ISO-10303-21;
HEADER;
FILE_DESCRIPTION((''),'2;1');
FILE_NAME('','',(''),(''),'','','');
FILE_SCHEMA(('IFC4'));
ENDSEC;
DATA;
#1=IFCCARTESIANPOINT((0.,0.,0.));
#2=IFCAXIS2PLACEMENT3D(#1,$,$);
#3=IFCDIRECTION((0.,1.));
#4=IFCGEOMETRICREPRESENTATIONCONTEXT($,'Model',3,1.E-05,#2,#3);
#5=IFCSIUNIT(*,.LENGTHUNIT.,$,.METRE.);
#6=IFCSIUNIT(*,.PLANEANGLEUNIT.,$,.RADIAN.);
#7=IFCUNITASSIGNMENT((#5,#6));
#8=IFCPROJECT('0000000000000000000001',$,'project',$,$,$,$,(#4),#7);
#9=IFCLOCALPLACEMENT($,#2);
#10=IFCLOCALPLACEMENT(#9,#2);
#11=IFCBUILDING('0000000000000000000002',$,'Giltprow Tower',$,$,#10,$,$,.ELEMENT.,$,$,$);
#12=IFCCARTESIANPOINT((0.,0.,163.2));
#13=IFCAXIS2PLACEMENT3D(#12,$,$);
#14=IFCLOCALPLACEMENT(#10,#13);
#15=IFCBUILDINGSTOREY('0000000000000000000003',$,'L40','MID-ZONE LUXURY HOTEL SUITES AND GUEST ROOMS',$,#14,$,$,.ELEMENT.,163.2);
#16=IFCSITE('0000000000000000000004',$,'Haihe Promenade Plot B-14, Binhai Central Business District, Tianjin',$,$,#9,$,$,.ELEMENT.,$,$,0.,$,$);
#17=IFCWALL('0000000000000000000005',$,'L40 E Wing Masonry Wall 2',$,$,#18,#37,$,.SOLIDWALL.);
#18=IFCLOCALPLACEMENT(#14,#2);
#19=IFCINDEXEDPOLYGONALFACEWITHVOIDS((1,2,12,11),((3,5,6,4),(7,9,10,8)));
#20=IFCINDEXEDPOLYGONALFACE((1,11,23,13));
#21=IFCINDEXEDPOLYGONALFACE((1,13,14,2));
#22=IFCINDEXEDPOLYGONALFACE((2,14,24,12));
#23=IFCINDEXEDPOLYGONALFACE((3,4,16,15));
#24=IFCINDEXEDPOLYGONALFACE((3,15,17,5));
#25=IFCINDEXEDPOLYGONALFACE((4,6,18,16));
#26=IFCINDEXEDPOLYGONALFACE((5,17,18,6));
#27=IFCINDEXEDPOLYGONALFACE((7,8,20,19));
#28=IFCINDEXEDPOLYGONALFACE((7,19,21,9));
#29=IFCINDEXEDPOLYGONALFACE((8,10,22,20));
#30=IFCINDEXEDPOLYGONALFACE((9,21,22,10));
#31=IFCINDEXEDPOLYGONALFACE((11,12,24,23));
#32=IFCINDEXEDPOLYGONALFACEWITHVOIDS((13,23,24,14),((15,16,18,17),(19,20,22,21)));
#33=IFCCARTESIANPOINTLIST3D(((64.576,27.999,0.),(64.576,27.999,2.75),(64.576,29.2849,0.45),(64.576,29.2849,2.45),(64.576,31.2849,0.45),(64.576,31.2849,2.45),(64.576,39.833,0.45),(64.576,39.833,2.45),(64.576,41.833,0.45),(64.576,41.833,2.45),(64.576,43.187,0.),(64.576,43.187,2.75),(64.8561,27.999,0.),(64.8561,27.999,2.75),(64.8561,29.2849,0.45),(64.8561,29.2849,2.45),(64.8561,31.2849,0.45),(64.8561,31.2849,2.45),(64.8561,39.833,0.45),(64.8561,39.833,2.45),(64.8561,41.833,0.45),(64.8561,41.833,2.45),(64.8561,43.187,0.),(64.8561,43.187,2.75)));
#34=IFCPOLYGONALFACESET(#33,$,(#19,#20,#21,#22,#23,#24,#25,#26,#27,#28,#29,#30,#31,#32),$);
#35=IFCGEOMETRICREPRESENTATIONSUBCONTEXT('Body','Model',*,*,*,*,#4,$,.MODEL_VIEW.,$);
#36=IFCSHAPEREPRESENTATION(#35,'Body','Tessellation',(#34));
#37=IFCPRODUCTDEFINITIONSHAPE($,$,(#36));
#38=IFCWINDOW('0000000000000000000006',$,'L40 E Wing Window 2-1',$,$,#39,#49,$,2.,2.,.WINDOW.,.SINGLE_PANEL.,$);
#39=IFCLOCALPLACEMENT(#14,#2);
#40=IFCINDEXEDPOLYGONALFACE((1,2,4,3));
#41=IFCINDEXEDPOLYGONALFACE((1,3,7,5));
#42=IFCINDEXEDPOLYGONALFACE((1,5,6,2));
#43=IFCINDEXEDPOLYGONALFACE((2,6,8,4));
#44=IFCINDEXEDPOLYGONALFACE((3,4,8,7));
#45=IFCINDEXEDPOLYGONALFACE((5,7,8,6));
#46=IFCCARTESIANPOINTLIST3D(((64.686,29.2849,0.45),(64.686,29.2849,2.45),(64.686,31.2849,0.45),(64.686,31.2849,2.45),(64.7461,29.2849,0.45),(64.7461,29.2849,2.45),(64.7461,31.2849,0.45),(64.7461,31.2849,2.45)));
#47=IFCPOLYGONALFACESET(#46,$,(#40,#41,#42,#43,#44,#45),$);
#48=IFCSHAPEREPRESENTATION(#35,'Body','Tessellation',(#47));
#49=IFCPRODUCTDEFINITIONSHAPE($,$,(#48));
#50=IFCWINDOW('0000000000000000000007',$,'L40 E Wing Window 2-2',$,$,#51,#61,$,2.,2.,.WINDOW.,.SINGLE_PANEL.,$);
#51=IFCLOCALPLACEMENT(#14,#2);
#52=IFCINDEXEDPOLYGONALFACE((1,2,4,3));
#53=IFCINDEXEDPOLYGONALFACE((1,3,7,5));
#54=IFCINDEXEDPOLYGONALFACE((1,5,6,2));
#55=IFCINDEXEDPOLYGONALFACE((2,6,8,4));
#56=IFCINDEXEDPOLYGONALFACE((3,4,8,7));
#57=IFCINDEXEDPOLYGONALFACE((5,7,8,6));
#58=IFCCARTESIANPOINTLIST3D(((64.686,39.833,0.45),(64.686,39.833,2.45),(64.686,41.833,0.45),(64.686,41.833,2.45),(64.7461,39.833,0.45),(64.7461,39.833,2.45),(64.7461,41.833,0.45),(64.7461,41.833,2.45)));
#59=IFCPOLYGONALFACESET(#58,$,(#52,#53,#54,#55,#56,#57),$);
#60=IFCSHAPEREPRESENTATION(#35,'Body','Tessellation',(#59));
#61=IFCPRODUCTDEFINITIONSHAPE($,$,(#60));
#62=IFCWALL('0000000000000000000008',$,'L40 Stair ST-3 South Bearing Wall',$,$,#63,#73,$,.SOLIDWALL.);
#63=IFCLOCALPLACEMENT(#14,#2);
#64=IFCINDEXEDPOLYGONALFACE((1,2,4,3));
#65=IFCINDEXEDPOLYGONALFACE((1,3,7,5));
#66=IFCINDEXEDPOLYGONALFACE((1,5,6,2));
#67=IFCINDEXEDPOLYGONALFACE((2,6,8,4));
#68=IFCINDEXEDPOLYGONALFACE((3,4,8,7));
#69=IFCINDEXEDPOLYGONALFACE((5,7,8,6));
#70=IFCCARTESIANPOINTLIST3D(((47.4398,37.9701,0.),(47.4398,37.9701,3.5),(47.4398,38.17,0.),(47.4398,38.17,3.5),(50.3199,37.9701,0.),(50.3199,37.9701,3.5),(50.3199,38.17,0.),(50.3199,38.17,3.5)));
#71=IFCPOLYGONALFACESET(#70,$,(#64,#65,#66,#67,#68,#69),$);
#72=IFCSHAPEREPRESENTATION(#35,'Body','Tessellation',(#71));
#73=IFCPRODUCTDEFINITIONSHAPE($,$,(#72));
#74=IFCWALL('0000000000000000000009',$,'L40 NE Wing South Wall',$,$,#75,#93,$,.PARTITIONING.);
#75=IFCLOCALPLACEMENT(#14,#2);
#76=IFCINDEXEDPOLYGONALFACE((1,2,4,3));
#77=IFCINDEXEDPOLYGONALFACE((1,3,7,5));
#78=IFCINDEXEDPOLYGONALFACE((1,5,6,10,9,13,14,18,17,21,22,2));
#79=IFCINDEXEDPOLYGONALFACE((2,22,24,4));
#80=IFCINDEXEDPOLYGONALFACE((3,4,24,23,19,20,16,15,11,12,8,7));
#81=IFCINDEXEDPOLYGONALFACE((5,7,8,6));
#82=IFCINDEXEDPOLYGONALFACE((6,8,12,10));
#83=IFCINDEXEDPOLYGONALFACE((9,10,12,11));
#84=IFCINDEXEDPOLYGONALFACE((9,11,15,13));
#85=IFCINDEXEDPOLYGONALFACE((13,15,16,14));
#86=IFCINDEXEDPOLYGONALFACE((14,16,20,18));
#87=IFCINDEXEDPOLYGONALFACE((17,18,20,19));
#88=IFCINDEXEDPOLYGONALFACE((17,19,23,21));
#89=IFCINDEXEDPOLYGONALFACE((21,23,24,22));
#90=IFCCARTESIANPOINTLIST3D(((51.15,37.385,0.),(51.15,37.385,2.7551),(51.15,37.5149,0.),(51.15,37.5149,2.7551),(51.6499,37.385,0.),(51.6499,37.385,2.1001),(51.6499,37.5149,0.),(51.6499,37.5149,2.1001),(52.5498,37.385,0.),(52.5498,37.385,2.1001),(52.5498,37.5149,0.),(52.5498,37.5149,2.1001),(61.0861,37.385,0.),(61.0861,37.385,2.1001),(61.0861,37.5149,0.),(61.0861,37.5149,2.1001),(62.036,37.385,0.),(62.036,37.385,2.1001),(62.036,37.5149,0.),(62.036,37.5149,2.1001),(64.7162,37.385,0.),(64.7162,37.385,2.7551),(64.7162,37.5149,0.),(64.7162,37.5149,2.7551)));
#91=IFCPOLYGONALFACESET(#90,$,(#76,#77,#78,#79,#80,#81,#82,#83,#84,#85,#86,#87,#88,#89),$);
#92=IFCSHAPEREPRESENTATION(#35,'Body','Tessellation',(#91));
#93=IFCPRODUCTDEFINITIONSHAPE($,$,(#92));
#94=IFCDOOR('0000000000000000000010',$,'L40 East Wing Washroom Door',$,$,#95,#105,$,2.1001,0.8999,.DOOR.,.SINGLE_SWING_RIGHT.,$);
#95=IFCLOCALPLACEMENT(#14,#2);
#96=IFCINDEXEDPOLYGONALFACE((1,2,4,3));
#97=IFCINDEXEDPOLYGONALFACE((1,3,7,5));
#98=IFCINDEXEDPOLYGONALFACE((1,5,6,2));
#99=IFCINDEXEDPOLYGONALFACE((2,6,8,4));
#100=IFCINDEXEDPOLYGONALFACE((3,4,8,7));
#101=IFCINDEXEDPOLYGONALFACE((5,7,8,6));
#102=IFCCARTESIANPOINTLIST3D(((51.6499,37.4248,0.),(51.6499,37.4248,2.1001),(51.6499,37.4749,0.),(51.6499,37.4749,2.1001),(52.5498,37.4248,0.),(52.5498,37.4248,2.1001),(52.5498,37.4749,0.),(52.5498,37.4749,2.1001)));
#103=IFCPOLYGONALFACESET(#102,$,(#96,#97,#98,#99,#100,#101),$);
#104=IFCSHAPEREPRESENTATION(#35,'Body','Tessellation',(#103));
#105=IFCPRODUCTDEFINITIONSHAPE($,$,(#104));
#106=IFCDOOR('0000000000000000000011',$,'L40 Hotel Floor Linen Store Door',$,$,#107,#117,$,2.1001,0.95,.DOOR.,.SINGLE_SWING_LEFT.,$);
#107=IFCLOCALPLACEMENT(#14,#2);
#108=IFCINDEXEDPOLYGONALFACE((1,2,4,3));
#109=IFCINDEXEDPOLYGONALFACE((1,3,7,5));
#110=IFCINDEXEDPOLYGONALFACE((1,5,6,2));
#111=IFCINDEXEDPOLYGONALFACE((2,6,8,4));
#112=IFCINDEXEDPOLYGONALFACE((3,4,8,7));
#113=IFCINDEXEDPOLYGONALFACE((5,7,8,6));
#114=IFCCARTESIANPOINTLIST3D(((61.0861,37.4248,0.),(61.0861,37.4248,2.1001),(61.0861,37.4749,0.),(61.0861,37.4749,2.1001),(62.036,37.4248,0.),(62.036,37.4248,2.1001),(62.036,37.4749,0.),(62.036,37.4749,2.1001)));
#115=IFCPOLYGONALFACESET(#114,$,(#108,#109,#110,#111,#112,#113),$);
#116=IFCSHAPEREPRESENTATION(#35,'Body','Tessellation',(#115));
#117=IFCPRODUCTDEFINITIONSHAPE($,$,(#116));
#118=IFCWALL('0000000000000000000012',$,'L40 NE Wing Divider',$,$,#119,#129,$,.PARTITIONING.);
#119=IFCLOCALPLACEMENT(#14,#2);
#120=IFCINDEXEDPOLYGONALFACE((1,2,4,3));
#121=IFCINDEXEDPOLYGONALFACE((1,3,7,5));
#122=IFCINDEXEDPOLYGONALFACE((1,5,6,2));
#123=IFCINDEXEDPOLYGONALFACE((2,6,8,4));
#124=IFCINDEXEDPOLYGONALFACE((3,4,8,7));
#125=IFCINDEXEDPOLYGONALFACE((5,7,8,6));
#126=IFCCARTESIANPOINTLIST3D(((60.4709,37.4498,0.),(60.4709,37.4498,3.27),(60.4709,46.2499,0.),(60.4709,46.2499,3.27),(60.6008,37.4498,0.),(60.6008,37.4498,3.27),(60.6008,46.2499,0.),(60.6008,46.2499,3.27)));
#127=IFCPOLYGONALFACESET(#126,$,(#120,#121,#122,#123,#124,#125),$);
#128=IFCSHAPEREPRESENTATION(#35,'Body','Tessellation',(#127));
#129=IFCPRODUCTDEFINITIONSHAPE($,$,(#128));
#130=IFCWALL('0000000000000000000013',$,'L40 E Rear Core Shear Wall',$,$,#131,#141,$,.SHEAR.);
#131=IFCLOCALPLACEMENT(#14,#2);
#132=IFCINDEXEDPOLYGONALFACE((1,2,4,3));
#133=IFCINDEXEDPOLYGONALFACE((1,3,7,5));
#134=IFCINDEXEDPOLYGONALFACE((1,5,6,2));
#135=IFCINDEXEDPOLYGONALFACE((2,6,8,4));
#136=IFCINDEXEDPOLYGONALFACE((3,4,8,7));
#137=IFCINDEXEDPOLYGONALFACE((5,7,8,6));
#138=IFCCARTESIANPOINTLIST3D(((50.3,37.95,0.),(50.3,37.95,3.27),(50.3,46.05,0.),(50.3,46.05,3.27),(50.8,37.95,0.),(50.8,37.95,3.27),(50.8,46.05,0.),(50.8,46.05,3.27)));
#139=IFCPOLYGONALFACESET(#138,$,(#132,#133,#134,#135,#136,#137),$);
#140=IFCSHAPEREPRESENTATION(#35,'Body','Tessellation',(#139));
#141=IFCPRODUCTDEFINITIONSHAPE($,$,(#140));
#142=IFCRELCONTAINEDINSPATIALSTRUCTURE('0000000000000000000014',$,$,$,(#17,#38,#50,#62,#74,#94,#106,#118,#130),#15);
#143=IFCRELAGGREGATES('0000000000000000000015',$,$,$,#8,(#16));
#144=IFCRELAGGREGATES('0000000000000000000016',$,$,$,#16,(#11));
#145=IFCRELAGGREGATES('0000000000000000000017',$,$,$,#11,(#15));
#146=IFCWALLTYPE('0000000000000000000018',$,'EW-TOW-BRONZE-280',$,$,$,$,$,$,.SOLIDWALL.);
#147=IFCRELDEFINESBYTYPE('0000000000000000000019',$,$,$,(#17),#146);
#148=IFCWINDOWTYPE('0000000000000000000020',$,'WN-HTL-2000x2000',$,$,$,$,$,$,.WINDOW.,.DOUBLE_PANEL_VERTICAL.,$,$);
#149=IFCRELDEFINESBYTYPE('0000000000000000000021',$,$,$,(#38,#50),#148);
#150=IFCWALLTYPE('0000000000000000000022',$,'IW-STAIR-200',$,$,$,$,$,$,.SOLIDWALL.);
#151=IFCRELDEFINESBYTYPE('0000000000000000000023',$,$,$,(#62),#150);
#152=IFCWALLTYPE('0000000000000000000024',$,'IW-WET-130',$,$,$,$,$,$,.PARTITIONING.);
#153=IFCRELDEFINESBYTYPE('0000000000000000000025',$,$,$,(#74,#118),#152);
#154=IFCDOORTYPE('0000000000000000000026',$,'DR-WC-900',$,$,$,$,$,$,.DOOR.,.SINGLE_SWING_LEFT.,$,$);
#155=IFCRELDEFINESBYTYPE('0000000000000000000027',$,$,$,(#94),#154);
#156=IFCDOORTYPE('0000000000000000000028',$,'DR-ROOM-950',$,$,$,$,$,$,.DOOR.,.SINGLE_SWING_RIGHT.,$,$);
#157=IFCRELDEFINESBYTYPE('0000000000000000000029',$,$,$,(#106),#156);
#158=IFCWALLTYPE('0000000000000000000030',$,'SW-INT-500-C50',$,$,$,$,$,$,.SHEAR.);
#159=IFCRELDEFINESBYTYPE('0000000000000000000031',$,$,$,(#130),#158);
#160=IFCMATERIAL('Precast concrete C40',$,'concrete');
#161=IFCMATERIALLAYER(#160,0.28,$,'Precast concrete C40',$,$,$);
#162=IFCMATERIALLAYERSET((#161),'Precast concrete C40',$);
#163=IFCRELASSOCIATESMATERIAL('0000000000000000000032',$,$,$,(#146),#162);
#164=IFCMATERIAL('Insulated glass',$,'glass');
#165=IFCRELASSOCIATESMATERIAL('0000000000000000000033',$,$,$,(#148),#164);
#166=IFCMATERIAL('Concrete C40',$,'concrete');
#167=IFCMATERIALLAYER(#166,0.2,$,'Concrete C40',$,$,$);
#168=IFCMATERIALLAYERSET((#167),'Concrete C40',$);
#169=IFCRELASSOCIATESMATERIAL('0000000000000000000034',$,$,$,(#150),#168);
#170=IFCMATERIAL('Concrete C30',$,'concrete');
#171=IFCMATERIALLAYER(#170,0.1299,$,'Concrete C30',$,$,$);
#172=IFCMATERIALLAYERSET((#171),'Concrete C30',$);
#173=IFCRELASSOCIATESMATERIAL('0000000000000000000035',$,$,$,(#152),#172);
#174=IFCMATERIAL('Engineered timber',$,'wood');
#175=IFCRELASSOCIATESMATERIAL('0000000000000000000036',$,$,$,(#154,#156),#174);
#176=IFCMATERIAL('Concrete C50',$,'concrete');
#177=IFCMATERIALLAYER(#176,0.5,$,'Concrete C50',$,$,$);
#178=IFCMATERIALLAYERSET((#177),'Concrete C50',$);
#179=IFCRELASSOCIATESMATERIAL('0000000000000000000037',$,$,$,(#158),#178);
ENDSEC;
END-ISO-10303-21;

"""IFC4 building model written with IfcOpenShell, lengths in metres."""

from ifc_helpers import new_model, si_unit, direction, frame, frame_2d, origin, place, context, subcontext, project, spatial, rectangle, extrude, source, transform, mapped, material, layer, layer_set, type_object, element, fill, save


model = new_model("IFC4")

# Units and contexts
model_context = context("Model", 3, precision=1e-05, world=origin(), true_north=direction((0.0, 1.0)))
body_context = subcontext(model_context, "Body", "Model", "MODEL_VIEW")
ifc_project = project(units=[si_unit("LENGTHUNIT", "METRE"), si_unit("PLANEANGLEUNIT", "RADIAN")], contexts=[model_context])

# Site, building, storey
site_placement = place(None, origin())
site = spatial("IfcSite", under=ifc_project, at=site_placement, Name="Haihe Promenade Plot B-14, Binhai Central Business District, Tianjin", CompositionType="ELEMENT", RefElevation=0.0)
building_placement = place(site_placement, origin())
building = spatial("IfcBuilding", under=site, at=building_placement, Name="Giltprow Tower", CompositionType="ELEMENT")
storey_placement = place(building_placement, frame((0.0, 0.0, 163.2)))
storey = spatial("IfcBuildingStorey", under=building, at=storey_placement, Name="L40", Description="MID-ZONE LUXURY HOTEL SUITES AND GUEST ROOMS", CompositionType="ELEMENT", Elevation=163.2)

# Shared definitions
ifc_material_1 = material(Name="Concrete C50", Category="concrete")

# Wall, openings, windows
ifc_material_2 = material(Name="Precast concrete C40", Category="concrete")
ifc_layer_1 = layer(ifc_material_2, 0.28, Name="Precast concrete C40")
ifc_layer_set_1 = layer_set([ifc_layer_1], Name="Precast concrete C40")
wall_type_1 = type_object("IfcWallType", Name="EW-TOW-BRONZE-280", PredefinedType="SOLIDWALL", material=ifc_layer_set_1)
wall_1_placement = place(storey_placement, frame((64.7161, 27.999, 0.0), z_axis=(0.0, 0.0, 1.0), x_axis=(0.0, 1.0, 0.0)))
wall_1 = element("IfcWall", 1, at=wall_1_placement, inside=storey, type_object=wall_type_1, Name="L40 E Wing Masonry Wall 2", PredefinedType="SOLIDWALL", context=body_context, shape_type="SweptSolid", body=[
    extrude(rectangle(XDim=15.188, YDim=0.28, at=frame_2d((7.594, 0.0))), origin(), (0.0, 0.0, 1.0), 2.75),
])
opening_1_placement = place(wall_1_placement, frame((1.2859, 0.0, 0.45)))
opening_1 = element("IfcOpeningElement", 2, at=opening_1_placement, cuts=wall_1, PredefinedType="OPENING", context=body_context, shape_type="SweptSolid", body=[
    extrude(rectangle(XDim=2.0, YDim=2.0, at=frame_2d((1.0, 1.0))), frame((0.0, 0.1499, 0.0), z_axis=(0.0, -1.0, 0.0), x_axis=(1.0, 0.0, 0.0)), (0.0, 0.0, 1.0), 0.3),
])
opening_2_placement = place(wall_1_placement, frame((11.834, 0.0, 0.45)))
opening_2 = element("IfcOpeningElement", 3, at=opening_2_placement, cuts=wall_1, PredefinedType="OPENING", context=body_context, shape_type="SweptSolid", body=[
    extrude(rectangle(XDim=2.0, YDim=2.0, at=frame_2d((1.0, 1.0))), frame((0.0, 0.1499, 0.0), z_axis=(0.0, -1.0, 0.0), x_axis=(1.0, 0.0, 0.0)), (0.0, 0.0, 1.0), 0.3),
])
ifc_material_3 = material(Name="Insulated glass", Category="glass")
window_type = type_object("IfcWindowType", Name="WN-HTL-2000x2000", PartitioningType="DOUBLE_PANEL_VERTICAL", PredefinedType="WINDOW", material=ifc_material_3)
shared_shape_1 = source(origin(), body_context, "Body", "SweptSolid", [
    extrude(rectangle(XDim=2.0, YDim=2.0, at=frame_2d((1.0, 1.0))), frame((0.0, 0.03, 0.0), z_axis=(0.0, -1.0, 0.0), x_axis=(1.0, 0.0, 0.0)), (0.0, 0.0, 1.0), 0.0601),
])
window_1_placement = place(opening_1_placement, origin())
window_1 = element("IfcWindow", 4, at=window_1_placement, inside=storey, type_object=window_type, Name="L40 E Wing Window 2-1", OverallHeight=2.0, OverallWidth=2.0, PartitioningType="SINGLE_PANEL", PredefinedType="WINDOW", context=body_context, shape_type="MappedRepresentation", body=[
    mapped(shared_shape_1, transform((0.0, 0.0, 0.0), x_axis=(1.0, 0.0, 0.0), y_axis=(0.0, 1.0, 0.0), z_axis=(0.0, 0.0, 1.0), scale=1.0)),
])
fill(opening_1, window_1)
window_2_placement = place(opening_2_placement, origin())
window_2 = element("IfcWindow", 5, at=window_2_placement, inside=storey, type_object=window_type, Name="L40 E Wing Window 2-2", OverallHeight=2.0, OverallWidth=2.0, PartitioningType="SINGLE_PANEL", PredefinedType="WINDOW", context=body_context, shape_type="MappedRepresentation", body=[
    mapped(shared_shape_1, transform((0.0, 0.0, 0.0), x_axis=(1.0, 0.0, 0.0), y_axis=(0.0, 1.0, 0.0), z_axis=(0.0, 0.0, 1.0), scale=1.0)),
])
fill(opening_2, window_2)

# Wall
ifc_material_4 = material(Name="Concrete C40", Category="concrete")
ifc_layer_2 = layer(ifc_material_4, 0.2, Name="Concrete C40")
ifc_layer_set_2 = layer_set([ifc_layer_2], Name="Concrete C40")
wall_type_2 = type_object("IfcWallType", Name="IW-STAIR-200", PredefinedType="SOLIDWALL", material=ifc_layer_set_2)
wall_2_placement = place(storey_placement, frame((47.4399, 38.0701, 0.0), z_axis=(0.0, 0.0, 1.0), x_axis=(1.0, 0.0, 0.0)))
element("IfcWall", 6, at=wall_2_placement, inside=storey, type_object=wall_type_2, Name="L40 Stair ST-3 South Bearing Wall", PredefinedType="SOLIDWALL", context=body_context, shape_type="SweptSolid", body=[
    extrude(rectangle(XDim=2.8801, YDim=0.2, at=frame_2d((1.4399, 0.0))), origin(), (0.0, 0.0, 1.0), 3.5),
])

# Wall, openings, doors
ifc_material_5 = material(Name="Concrete C30", Category="concrete")
ifc_layer_3 = layer(ifc_material_5, 0.1299, Name="Concrete C30")
ifc_layer_set_3 = layer_set([ifc_layer_3], Name="Concrete C30")
wall_type_3 = type_object("IfcWallType", Name="IW-WET-130", PredefinedType="PARTITIONING", material=ifc_layer_set_3)
wall_3_placement = place(storey_placement, frame((51.1499, 37.45, 0.0), z_axis=(0.0, 0.0, 1.0), x_axis=(1.0, 0.0, 0.0)))
wall_3 = element("IfcWall", 7, at=wall_3_placement, inside=storey, type_object=wall_type_3, Name="L40 NE Wing South Wall", PredefinedType="PARTITIONING", context=body_context, shape_type="SweptSolid", body=[
    extrude(rectangle(XDim=13.5662, YDim=0.1299, at=frame_2d((6.7832, 0.0))), origin(), (0.0, 0.0, 1.0), 2.7551),
])
opening_3_placement = place(wall_3_placement, frame((0.5, 0.0, 0.0)))
opening_3 = element("IfcOpeningElement", 8, at=opening_3_placement, cuts=wall_3, PredefinedType="OPENING", context=body_context, shape_type="SweptSolid", body=[
    extrude(rectangle(XDim=0.8999, YDim=2.1001, at=frame_2d((0.45, 1.05))), frame((0.0, 0.075, 0.0), z_axis=(0.0, -1.0, 0.0), x_axis=(1.0, 0.0, 0.0)), (0.0, 0.0, 1.0), 0.1499),
])
opening_4_placement = place(wall_3_placement, frame((9.936, 0.0, 0.0)))
opening_4 = element("IfcOpeningElement", 9, at=opening_4_placement, cuts=wall_3, PredefinedType="OPENING", context=body_context, shape_type="SweptSolid", body=[
    extrude(rectangle(XDim=0.95, YDim=2.1001, at=frame_2d((0.4751, 1.05))), frame((0.0, 0.075, 0.0), z_axis=(0.0, -1.0, 0.0), x_axis=(1.0, 0.0, 0.0)), (0.0, 0.0, 1.0), 0.1499),
])
ifc_material_6 = material(Name="Engineered timber", Category="wood")
door_type_1 = type_object("IfcDoorType", Name="DR-WC-900", OperationType="SINGLE_SWING_LEFT", PredefinedType="DOOR", material=ifc_material_6)
shared_shape_2 = source(origin(), body_context, "Body", "SweptSolid", [
    extrude(rectangle(XDim=0.8999, YDim=2.1001, at=frame_2d((0.45, 1.05))), frame((0.0, 0.0249, 0.0), z_axis=(0.0, -1.0, 0.0), x_axis=(1.0, 0.0, 0.0)), (0.0, 0.0, 1.0), 0.05),
])
door_1_placement = place(opening_3_placement, origin())
door_1 = element("IfcDoor", 10, at=door_1_placement, inside=storey, type_object=door_type_1, Name="L40 East Wing Washroom Door", OperationType="SINGLE_SWING_RIGHT", OverallHeight=2.1001, OverallWidth=0.8999, PredefinedType="DOOR", context=body_context, shape_type="MappedRepresentation", body=[
    mapped(shared_shape_2, transform((0.0, 0.0, 0.0), x_axis=(1.0, 0.0, 0.0), y_axis=(0.0, 1.0, 0.0), z_axis=(0.0, 0.0, 1.0), scale=1.0)),
])
fill(opening_3, door_1)
door_type_2 = type_object("IfcDoorType", Name="DR-ROOM-950", OperationType="SINGLE_SWING_RIGHT", PredefinedType="DOOR", material=ifc_material_6)
shared_shape_3 = source(origin(), body_context, "Body", "SweptSolid", [
    extrude(rectangle(XDim=0.95, YDim=2.1001, at=frame_2d((0.4751, 1.05))), frame((0.0, 0.0249, 0.0), z_axis=(0.0, -1.0, 0.0), x_axis=(1.0, 0.0, 0.0)), (0.0, 0.0, 1.0), 0.05),
])
door_2_placement = place(opening_4_placement, origin())
door_2 = element("IfcDoor", 11, at=door_2_placement, inside=storey, type_object=door_type_2, Name="L40 Hotel Floor Linen Store Door", OperationType="SINGLE_SWING_LEFT", OverallHeight=2.1001, OverallWidth=0.95, PredefinedType="DOOR", context=body_context, shape_type="MappedRepresentation", body=[
    mapped(shared_shape_3, transform((0.0, 0.0, 0.0), x_axis=(1.0, 0.0, 0.0), y_axis=(0.0, 1.0, 0.0), z_axis=(0.0, 0.0, 1.0), scale=1.0)),
])
fill(opening_4, door_2)

# Walls
wall_4_placement = place(storey_placement, frame((60.5359, 37.45, 0.0), z_axis=(0.0, 0.0, 1.0), x_axis=(0.0, 1.0, 0.0)))
element("IfcWall", 12, at=wall_4_placement, inside=storey, type_object=wall_type_3, Name="L40 NE Wing Divider", PredefinedType="PARTITIONING", context=body_context, shape_type="SweptSolid", body=[
    extrude(rectangle(XDim=8.8, YDim=0.1299, at=frame_2d((4.3999, 0.0))), origin(), (0.0, 0.0, 1.0), 3.27),
])
ifc_layer_4 = layer(ifc_material_1, 0.5, Name="Concrete C50")
ifc_layer_set_4 = layer_set([ifc_layer_4], Name="Concrete C50")
wall_type_4 = type_object("IfcWallType", Name="SW-INT-500-C50", PredefinedType="SHEAR", material=ifc_layer_set_4)
wall_5_placement = place(storey_placement, frame((50.55, 37.95, 0.0), z_axis=(0.0, 0.0, 1.0), x_axis=(0.0, 1.0, 0.0)))
element("IfcWall", 13, at=wall_5_placement, inside=storey, type_object=wall_type_4, Name="L40 E Rear Core Shear Wall", PredefinedType="SHEAR", context=body_context, shape_type="SweptSolid", body=[
    extrude(rectangle(XDim=8.1001, YDim=0.5, at=frame_2d((4.05, 0.0))), origin(), (0.0, 0.0, 1.0), 3.27),
])

save(model, "model.ifc")
